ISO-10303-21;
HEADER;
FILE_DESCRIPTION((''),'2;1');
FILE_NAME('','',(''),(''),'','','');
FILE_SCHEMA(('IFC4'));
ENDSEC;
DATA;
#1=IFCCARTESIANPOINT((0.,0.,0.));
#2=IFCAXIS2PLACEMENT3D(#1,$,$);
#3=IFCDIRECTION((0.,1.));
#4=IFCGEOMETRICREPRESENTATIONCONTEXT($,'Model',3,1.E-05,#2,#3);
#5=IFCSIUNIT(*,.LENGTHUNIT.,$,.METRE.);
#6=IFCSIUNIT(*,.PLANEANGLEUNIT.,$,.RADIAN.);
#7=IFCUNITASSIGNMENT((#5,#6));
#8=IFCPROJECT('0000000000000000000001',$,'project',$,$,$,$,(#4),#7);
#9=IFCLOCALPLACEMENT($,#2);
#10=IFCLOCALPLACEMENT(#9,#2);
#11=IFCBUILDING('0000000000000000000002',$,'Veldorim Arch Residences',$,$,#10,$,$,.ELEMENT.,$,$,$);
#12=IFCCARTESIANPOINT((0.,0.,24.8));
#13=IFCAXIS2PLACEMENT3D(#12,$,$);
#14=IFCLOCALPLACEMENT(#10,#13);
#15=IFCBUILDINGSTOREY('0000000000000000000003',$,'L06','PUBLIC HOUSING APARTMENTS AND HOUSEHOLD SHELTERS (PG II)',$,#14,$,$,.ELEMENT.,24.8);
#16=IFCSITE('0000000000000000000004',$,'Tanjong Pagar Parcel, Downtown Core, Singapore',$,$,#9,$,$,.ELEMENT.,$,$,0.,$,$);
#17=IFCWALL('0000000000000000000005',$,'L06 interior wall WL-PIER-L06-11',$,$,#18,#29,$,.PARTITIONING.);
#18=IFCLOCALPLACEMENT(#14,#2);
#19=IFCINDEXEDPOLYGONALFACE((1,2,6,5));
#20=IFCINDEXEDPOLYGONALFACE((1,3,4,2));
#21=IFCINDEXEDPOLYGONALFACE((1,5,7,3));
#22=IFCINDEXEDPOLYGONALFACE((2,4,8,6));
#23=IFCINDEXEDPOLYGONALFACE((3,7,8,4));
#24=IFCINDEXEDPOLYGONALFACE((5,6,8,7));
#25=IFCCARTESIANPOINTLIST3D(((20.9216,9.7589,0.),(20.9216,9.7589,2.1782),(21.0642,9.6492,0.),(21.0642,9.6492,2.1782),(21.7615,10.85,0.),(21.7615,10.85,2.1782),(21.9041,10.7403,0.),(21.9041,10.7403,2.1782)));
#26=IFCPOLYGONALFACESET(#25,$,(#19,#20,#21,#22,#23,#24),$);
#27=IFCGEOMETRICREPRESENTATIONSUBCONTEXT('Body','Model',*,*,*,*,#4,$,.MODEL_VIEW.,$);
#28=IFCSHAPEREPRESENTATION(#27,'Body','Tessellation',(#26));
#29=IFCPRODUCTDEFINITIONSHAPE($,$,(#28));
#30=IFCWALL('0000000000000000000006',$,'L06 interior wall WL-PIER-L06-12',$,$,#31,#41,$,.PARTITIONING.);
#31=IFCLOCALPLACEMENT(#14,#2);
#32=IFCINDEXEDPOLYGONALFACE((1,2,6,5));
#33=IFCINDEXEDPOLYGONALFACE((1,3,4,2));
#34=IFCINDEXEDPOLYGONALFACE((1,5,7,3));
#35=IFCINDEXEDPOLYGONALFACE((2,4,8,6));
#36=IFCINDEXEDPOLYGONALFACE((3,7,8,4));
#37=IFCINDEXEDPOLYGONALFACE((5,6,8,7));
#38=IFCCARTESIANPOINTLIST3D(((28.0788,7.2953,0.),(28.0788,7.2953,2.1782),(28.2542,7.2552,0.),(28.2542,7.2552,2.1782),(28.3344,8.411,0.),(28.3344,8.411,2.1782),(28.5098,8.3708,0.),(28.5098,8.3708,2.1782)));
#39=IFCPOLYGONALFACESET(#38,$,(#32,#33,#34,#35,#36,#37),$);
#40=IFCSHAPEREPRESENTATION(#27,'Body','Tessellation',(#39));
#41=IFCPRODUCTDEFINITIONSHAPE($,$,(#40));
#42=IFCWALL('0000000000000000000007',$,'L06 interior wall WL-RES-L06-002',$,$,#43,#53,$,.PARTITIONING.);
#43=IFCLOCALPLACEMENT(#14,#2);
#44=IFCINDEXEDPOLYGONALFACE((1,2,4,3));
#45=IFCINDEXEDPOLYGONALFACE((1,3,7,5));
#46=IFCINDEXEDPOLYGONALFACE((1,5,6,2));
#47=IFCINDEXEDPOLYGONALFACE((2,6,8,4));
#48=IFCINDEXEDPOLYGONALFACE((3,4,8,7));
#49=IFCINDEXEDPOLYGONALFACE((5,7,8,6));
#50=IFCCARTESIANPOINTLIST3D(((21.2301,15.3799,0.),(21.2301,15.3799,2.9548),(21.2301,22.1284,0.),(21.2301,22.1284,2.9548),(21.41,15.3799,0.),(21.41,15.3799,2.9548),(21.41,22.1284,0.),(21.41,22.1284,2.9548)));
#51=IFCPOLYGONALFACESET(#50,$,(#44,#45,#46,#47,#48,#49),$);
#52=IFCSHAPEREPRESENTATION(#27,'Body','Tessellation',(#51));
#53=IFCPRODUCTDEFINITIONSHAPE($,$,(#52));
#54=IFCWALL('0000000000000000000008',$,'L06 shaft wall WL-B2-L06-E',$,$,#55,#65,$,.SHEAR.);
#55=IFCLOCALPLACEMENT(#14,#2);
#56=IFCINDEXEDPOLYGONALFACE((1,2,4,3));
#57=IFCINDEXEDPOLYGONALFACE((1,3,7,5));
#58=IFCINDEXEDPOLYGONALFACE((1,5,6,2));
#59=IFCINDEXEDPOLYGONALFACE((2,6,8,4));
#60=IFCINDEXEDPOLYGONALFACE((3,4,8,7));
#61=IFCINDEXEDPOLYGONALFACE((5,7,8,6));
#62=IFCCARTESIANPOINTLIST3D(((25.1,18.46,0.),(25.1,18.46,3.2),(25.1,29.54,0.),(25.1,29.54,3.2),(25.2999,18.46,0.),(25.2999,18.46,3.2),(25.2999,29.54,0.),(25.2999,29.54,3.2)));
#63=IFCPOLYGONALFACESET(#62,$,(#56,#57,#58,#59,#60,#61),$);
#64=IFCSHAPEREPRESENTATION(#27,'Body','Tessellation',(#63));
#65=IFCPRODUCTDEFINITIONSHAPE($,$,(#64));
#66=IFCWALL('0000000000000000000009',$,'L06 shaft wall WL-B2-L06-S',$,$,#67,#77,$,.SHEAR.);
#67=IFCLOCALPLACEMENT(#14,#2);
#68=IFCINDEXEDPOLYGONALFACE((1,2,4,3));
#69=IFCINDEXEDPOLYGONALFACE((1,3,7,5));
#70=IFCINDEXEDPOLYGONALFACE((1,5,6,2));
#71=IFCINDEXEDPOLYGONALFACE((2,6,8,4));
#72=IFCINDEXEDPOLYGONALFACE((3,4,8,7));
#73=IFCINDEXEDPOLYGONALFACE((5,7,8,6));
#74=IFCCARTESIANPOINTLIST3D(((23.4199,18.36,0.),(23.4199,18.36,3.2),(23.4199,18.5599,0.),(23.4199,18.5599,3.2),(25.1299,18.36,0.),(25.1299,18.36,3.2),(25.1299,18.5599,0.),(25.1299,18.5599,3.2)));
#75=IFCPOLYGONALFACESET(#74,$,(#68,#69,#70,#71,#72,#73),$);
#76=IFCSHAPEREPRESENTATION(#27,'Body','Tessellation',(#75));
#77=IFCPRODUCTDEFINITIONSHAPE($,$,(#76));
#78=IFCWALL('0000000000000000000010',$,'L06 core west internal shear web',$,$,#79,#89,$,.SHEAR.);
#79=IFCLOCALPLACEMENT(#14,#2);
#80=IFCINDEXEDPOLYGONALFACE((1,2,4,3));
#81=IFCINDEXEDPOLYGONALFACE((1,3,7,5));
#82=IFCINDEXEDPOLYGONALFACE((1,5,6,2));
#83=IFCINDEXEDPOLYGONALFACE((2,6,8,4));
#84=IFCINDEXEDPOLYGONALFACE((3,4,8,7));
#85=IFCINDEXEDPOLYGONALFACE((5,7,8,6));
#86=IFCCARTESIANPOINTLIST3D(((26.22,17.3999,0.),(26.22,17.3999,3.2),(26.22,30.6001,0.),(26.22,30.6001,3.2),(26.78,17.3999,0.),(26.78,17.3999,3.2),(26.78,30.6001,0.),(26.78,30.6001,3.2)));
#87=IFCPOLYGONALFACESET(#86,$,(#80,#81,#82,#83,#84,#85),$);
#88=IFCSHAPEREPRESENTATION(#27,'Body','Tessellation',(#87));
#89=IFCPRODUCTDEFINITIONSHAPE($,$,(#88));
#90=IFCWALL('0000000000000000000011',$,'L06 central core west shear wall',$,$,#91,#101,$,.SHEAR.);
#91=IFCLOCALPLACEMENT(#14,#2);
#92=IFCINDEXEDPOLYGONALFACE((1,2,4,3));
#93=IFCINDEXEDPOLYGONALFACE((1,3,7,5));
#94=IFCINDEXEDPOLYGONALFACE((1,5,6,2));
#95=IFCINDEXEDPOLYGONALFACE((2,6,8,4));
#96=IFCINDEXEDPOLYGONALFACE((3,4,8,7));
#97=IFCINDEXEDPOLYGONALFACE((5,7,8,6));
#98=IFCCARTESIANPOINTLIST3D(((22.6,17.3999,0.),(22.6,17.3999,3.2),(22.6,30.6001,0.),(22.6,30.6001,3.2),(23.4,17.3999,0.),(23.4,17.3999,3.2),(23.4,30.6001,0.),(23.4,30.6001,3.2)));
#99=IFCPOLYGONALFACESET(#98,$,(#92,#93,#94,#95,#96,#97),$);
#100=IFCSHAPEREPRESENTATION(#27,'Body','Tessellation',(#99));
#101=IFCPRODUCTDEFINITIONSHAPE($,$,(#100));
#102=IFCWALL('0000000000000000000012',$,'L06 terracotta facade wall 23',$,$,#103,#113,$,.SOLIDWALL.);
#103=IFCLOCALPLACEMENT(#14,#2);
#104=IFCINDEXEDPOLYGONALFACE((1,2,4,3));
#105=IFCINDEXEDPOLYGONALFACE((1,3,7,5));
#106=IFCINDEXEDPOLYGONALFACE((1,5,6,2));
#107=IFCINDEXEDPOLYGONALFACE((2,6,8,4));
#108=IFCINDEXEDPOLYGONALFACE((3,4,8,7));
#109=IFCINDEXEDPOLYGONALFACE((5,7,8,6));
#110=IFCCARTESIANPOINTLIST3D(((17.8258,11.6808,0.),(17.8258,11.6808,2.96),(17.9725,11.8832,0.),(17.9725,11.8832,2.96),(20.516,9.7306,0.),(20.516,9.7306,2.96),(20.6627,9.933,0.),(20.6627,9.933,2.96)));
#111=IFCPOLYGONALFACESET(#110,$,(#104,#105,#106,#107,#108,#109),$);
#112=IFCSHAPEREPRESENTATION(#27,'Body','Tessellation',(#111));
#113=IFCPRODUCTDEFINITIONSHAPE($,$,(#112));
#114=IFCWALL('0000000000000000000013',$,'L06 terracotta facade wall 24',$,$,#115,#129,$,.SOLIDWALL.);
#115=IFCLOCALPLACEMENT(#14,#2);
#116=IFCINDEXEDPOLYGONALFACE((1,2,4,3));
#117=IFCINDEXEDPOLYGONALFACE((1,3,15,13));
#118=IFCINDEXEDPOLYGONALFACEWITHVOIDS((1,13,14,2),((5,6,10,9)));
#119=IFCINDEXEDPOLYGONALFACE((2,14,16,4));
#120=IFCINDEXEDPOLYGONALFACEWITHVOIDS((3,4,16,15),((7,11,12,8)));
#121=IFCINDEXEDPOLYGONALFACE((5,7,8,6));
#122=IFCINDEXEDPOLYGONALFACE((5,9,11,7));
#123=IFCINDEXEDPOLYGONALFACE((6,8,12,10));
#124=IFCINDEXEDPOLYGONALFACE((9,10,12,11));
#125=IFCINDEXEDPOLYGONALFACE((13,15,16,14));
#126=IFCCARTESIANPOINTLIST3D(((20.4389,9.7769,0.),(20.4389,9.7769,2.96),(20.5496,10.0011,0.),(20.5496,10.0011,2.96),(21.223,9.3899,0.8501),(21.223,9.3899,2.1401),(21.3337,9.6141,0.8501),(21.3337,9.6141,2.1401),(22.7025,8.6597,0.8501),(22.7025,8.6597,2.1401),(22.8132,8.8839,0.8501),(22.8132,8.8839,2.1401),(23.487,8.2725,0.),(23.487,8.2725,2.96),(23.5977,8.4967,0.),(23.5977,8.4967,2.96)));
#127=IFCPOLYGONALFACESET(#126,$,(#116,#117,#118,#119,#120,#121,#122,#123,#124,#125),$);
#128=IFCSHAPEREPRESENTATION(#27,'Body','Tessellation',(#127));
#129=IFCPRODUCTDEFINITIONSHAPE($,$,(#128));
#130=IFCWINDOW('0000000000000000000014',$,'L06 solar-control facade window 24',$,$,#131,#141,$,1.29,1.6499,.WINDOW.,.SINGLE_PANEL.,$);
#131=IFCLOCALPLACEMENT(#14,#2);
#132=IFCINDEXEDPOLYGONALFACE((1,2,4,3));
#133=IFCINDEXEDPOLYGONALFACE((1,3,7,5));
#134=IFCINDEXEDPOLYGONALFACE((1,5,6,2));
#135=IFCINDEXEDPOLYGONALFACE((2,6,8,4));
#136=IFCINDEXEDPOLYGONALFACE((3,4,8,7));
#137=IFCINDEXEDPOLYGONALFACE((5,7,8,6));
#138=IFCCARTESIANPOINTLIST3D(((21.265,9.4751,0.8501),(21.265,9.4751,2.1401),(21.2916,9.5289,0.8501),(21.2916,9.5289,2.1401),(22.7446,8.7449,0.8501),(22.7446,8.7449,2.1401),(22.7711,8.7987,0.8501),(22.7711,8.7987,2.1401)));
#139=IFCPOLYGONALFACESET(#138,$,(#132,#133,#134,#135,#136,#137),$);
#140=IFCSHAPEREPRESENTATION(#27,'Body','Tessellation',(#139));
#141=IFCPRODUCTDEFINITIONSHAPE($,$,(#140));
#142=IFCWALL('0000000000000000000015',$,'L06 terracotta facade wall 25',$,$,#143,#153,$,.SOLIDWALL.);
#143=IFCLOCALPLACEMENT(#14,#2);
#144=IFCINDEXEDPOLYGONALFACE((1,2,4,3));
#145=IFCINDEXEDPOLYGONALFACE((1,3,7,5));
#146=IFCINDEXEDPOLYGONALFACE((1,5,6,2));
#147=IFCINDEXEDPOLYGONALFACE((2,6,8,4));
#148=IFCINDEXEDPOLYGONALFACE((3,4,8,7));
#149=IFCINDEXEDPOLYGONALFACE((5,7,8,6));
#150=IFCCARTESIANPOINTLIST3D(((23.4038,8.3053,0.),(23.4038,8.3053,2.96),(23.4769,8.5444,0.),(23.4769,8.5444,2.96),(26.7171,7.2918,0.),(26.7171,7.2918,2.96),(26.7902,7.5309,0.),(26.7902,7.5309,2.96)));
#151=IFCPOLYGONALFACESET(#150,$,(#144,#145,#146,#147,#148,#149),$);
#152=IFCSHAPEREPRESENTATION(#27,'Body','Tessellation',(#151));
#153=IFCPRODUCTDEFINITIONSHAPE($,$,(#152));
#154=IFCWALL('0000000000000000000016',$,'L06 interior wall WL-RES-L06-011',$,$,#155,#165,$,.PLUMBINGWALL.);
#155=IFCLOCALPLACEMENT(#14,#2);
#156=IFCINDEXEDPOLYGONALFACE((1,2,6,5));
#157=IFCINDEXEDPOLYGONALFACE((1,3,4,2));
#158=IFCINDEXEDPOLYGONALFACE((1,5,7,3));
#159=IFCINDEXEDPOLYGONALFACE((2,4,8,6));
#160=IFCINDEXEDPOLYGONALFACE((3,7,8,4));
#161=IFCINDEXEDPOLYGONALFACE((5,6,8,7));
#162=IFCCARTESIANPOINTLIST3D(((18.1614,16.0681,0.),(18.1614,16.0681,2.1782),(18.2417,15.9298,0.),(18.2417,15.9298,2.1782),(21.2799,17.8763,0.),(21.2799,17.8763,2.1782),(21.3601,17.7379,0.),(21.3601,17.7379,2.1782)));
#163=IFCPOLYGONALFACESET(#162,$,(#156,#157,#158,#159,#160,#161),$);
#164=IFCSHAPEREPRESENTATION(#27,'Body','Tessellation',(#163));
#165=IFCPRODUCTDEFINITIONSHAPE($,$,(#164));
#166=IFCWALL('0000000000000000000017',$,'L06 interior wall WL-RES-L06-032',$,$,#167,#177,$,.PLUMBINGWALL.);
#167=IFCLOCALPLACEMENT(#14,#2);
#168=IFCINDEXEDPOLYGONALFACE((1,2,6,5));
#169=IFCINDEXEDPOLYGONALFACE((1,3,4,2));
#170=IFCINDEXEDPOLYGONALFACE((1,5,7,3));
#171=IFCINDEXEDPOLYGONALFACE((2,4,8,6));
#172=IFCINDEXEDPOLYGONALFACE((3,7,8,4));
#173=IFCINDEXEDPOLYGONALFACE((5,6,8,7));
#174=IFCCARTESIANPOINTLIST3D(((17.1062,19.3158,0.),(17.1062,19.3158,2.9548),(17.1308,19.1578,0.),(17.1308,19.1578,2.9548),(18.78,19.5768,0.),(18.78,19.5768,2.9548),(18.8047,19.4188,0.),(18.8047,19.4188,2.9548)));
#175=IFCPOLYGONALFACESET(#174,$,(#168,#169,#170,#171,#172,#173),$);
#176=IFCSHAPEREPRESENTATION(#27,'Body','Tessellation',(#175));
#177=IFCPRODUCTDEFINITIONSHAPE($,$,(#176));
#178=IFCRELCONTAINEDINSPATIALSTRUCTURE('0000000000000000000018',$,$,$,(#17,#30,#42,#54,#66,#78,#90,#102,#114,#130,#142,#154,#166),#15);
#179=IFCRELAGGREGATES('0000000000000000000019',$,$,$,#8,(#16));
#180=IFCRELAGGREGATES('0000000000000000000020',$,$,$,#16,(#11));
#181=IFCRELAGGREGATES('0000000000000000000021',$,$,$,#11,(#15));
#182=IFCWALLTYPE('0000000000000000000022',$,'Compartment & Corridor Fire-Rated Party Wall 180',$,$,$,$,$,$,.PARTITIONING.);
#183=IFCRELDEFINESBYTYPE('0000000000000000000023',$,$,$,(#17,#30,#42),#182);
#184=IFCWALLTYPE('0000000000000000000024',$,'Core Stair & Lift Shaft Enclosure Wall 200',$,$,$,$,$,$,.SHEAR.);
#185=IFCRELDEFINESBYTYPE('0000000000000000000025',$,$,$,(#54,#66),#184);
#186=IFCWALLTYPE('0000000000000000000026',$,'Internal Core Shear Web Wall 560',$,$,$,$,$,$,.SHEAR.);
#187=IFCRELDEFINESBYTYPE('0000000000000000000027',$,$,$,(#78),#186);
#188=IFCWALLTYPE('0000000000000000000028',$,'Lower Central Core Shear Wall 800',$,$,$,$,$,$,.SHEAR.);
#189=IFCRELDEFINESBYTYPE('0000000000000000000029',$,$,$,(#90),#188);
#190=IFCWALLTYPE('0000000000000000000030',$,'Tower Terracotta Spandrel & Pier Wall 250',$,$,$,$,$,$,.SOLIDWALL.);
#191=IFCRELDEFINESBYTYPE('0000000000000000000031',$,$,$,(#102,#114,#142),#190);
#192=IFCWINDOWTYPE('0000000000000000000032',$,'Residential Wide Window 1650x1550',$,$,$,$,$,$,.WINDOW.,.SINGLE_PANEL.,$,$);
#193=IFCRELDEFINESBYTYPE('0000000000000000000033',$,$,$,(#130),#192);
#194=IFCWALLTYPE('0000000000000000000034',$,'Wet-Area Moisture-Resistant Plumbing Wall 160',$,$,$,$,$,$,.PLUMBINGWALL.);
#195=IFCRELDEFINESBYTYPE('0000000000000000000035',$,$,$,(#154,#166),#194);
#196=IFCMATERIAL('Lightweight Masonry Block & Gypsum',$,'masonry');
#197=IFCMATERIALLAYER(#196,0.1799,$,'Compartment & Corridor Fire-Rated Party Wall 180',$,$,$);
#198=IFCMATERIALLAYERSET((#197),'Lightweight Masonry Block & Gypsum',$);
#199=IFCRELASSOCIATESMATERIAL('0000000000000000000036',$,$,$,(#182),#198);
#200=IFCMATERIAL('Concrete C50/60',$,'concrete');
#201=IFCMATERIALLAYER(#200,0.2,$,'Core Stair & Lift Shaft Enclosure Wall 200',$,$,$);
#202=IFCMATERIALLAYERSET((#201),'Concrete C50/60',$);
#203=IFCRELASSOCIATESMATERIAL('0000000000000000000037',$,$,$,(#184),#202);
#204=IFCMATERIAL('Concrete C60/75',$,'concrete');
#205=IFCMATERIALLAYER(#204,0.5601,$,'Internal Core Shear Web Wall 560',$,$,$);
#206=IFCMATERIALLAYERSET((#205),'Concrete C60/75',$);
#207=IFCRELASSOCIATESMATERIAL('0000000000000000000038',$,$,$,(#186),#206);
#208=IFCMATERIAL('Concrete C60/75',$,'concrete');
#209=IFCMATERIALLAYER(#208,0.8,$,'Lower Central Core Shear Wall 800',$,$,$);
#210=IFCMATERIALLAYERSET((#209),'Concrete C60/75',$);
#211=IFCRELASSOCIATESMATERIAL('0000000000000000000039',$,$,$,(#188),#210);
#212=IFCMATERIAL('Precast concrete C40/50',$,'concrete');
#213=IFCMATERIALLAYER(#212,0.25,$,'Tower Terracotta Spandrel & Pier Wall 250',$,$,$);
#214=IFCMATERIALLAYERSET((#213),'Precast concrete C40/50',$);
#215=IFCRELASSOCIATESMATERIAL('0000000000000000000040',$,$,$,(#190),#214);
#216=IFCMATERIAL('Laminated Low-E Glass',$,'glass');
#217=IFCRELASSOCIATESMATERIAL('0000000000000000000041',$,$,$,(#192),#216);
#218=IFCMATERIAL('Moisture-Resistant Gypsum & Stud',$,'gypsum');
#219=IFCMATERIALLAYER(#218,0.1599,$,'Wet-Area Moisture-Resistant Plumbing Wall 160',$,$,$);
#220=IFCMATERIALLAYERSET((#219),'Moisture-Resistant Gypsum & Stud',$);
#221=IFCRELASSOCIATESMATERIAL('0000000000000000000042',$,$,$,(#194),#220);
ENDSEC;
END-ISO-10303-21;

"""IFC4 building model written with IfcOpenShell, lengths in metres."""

from ifc_helpers import new_model, si_unit, direction, frame, frame_2d, origin, place, context, subcontext, project, spatial, rectangle, extrude, material, layer, layer_set, type_object, element, fill, save


model = new_model("IFC4")

# Units and contexts
model_context = context("Model", 3, precision=1e-05, world=origin(), true_north=direction((0.0, 1.0)))
body_context = subcontext(model_context, "Body", "Model", "MODEL_VIEW")
ifc_project = project(units=[si_unit("LENGTHUNIT", "METRE"), si_unit("PLANEANGLEUNIT", "RADIAN")], contexts=[model_context])

# Site, building, storey
site_placement = place(None, origin())
site = spatial("IfcSite", under=ifc_project, at=site_placement, Name="Tanjong Pagar Parcel, Downtown Core, Singapore", CompositionType="ELEMENT", RefElevation=0.0)
building_placement = place(site_placement, origin())
building = spatial("IfcBuilding", under=site, at=building_placement, Name="Veldorim Arch Residences", CompositionType="ELEMENT")
storey_placement = place(building_placement, frame((0.0, 0.0, 24.8)))
storey = spatial("IfcBuildingStorey", under=building, at=storey_placement, Name="L06", Description="PUBLIC HOUSING APARTMENTS AND HOUSEHOLD SHELTERS (PG II)", CompositionType="ELEMENT", Elevation=24.8)

# Walls
ifc_material_1 = material(Name="Lightweight Masonry Block & Gypsum", Category="masonry")
ifc_layer_1 = layer(ifc_material_1, 0.1799, Name="Compartment & Corridor Fire-Rated Party Wall 180")
ifc_layer_set_1 = layer_set([ifc_layer_1], Name="Lightweight Masonry Block & Gypsum")
wall_type_1 = type_object("IfcWallType", Name="Compartment & Corridor Fire-Rated Party Wall 180", PredefinedType="PARTITIONING", material=ifc_layer_set_1)
wall_1_placement = place(storey_placement, frame((21.8328, 10.7952, 0.0), z_axis=(0.0, 0.0, 1.0), x_axis=(-0.609968, -0.792426, 0.0)))
element("IfcWall", 1, at=wall_1_placement, inside=storey, type_object=wall_type_1, Name="L06 interior wall WL-PIER-L06-11", PredefinedType="PARTITIONING", context=body_context, shape_type="SweptSolid", body=[
    extrude(rectangle(XDim=1.377, YDim=0.1799, at=frame_2d((0.6885, 0.0))), origin(), (0.0, 0.0, 1.0), 2.1782),
])
wall_2_placement = place(storey_placement, frame((28.4221, 8.3909, 0.0), z_axis=(0.0, 0.0, 1.0), x_axis=(-0.223317, -0.974746, 0.0)))
element("IfcWall", 2, at=wall_2_placement, inside=storey, type_object=wall_type_1, Name="L06 interior wall WL-PIER-L06-12", PredefinedType="PARTITIONING", context=body_context, shape_type="SweptSolid", body=[
    extrude(rectangle(XDim=1.1445, YDim=0.1799, at=frame_2d((0.5723, 0.0))), origin(), (0.0, 0.0, 1.0), 2.1782),
])
wall_3_placement = place(storey_placement, frame((21.3201, 15.3799, 0.0), z_axis=(0.0, 0.0, 1.0), x_axis=(0.0, 1.0, 0.0)))
element("IfcWall", 3, at=wall_3_placement, inside=storey, type_object=wall_type_1, Name="L06 interior wall WL-RES-L06-002", PredefinedType="PARTITIONING", context=body_context, shape_type="SweptSolid", body=[
    extrude(rectangle(XDim=6.7485, YDim=0.1799, at=frame_2d((3.3743, 0.0))), origin(), (0.0, 0.0, 1.0), 2.9548),
])
ifc_material_2 = material(Name="Concrete C50/60", Category="concrete")
ifc_layer_2 = layer(ifc_material_2, 0.2, Name="Core Stair & Lift Shaft Enclosure Wall 200")
ifc_layer_set_2 = layer_set([ifc_layer_2], Name="Concrete C50/60")
wall_type_2 = type_object("IfcWallType", Name="Core Stair & Lift Shaft Enclosure Wall 200", PredefinedType="SHEAR", material=ifc_layer_set_2)
wall_4_placement = place(storey_placement, frame((25.2, 18.46, 0.0), z_axis=(0.0, 0.0, 1.0), x_axis=(0.0, 1.0, 0.0)))
element("IfcWall", 4, at=wall_4_placement, inside=storey, type_object=wall_type_2, Name="L06 shaft wall WL-B2-L06-E", PredefinedType="SHEAR", context=body_context, shape_type="SweptSolid", body=[
    extrude(rectangle(XDim=11.0801, YDim=0.2, at=frame_2d((5.54, 0.0))), origin(), (0.0, 0.0, 1.0), 3.2),
])
wall_5_placement = place(storey_placement, frame((23.4199, 18.46, 0.0), z_axis=(0.0, 0.0, 1.0), x_axis=(1.0, 0.0, 0.0)))
element("IfcWall", 5, at=wall_5_placement, inside=storey, type_object=wall_type_2, Name="L06 shaft wall WL-B2-L06-S", PredefinedType="SHEAR", context=body_context, shape_type="SweptSolid", body=[
    extrude(rectangle(XDim=1.71, YDim=0.2, at=frame_2d((0.855, 0.0))), origin(), (0.0, 0.0, 1.0), 3.2),
])
ifc_material_3 = material(Name="Concrete C60/75", Category="concrete")
ifc_layer_3 = layer(ifc_material_3, 0.5601, Name="Internal Core Shear Web Wall 560")
ifc_layer_set_3 = layer_set([ifc_layer_3], Name="Concrete C60/75")
wall_type_3 = type_object("IfcWallType", Name="Internal Core Shear Web Wall 560", PredefinedType="SHEAR", material=ifc_layer_set_3)
wall_6_placement = place(storey_placement, frame((26.5, 17.3999, 0.0), z_axis=(0.0, 0.0, 1.0), x_axis=(0.0, 1.0, 0.0)))
element("IfcWall", 6, at=wall_6_placement, inside=storey, type_object=wall_type_3, Name="L06 core west internal shear web", PredefinedType="SHEAR", context=body_context, shape_type="SweptSolid", body=[
    extrude(rectangle(XDim=13.2002, YDim=0.5601, at=frame_2d((6.6001, 0.0))), origin(), (0.0, 0.0, 1.0), 3.2),
])

# Shared definitions
ifc_material_4 = material(Name="Concrete C60/75", Category="concrete")
ifc_layer_4 = layer(ifc_material_4, 0.8, Name="Lower Central Core Shear Wall 800")
ifc_layer_set_4 = layer_set([ifc_layer_4], Name="Concrete C60/75")
wall_type_4 = type_object("IfcWallType", Name="Lower Central Core Shear Wall 800", PredefinedType="SHEAR", material=ifc_layer_set_4)

# Walls
wall_7_placement = place(storey_placement, frame((23.0, 17.3999, 0.0), z_axis=(0.0, 0.0, 1.0), x_axis=(0.0, 1.0, 0.0)))
element("IfcWall", 7, at=wall_7_placement, inside=storey, type_object=wall_type_4, Name="L06 central core west shear wall", PredefinedType="SHEAR", context=body_context, shape_type="SweptSolid", body=[
    extrude(rectangle(XDim=13.2002, YDim=0.8, at=frame_2d((6.6001, 0.0))), origin(), (0.0, 0.0, 1.0), 3.2),
])
ifc_material_5 = material(Name="Precast concrete C40/50", Category="concrete")
ifc_layer_5 = layer(ifc_material_5, 0.25, Name="Tower Terracotta Spandrel & Pier Wall 250")
ifc_layer_set_5 = layer_set([ifc_layer_5], Name="Precast concrete C40/50")
wall_type_5 = type_object("IfcWallType", Name="Tower Terracotta Spandrel & Pier Wall 250", PredefinedType="SOLIDWALL", material=ifc_layer_set_5)
wall_8_placement = place(storey_placement, frame((20.5894, 9.8318, 0.0), z_axis=(0.0, 0.0, 1.0), x_axis=(-0.809638, 0.58693, 0.0)))
element("IfcWall", 8, at=wall_8_placement, inside=storey, type_object=wall_type_5, Name="L06 terracotta facade wall 23", PredefinedType="SOLIDWALL", context=body_context, shape_type="SweptSolid", body=[
    extrude(rectangle(XDim=3.3228, YDim=0.25, at=frame_2d((1.6614, 0.0))), origin(), (0.0, 0.0, 1.0), 2.96),
])

# Wall, opening, window
wall_9_placement = place(storey_placement, frame((23.5425, 8.3845, 0.0), z_axis=(0.0, 0.0, 1.0), x_axis=(-0.896728, 0.442582, 0.0)))
wall_9 = element("IfcWall", 9, at=wall_9_placement, inside=storey, type_object=wall_type_5, Name="L06 terracotta facade wall 24", PredefinedType="SOLIDWALL", context=body_context, shape_type="SweptSolid", body=[
    extrude(rectangle(XDim=3.3992, YDim=0.25, at=frame_2d((1.6997, 0.0))), origin(), (0.0, 0.0, 1.0), 2.96),
])
opening_1_placement = place(wall_9_placement, frame((0.875, 0.0, 0.8501)))
opening_1 = element("IfcOpeningElement", 10, at=opening_1_placement, cuts=wall_9, PredefinedType="OPENING", context=body_context, shape_type="SweptSolid", body=[
    extrude(rectangle(XDim=1.6499, YDim=1.29, at=frame_2d((0.825, 0.645))), frame((0.0, 0.135, 0.0), z_axis=(0.0, -1.0, 0.0), x_axis=(1.0, 0.0, 0.0)), (0.0, 0.0, 1.0), 0.27),
])
ifc_material_6 = material(Name="Laminated Low-E Glass", Category="glass")
window_type = type_object("IfcWindowType", Name="Residential Wide Window 1650x1550", PartitioningType="SINGLE_PANEL", PredefinedType="WINDOW", material=ifc_material_6)
window_placement = place(opening_1_placement, origin())
window = element("IfcWindow", 11, at=window_placement, inside=storey, type_object=window_type, Name="L06 solar-control facade window 24", OverallHeight=1.29, OverallWidth=1.6499, PartitioningType="SINGLE_PANEL", PredefinedType="WINDOW", context=body_context, shape_type="SweptSolid", body=[
    extrude(rectangle(XDim=1.6499, YDim=1.29, at=frame_2d((0.825, 0.645))), frame((0.0, 0.03, 0.0), z_axis=(0.0, -1.0, 0.0), x_axis=(1.0, 0.0, 0.0)), (0.0, 0.0, 1.0), 0.0601),
])
fill(opening_1, window)

# Walls
wall_10_placement = place(storey_placement, frame((26.7537, 7.4114, 0.0), z_axis=(0.0, 0.0, 1.0), x_axis=(-0.956267, 0.292496, 0.0)))
element("IfcWall", 12, at=wall_10_placement, inside=storey, type_object=wall_type_5, Name="L06 terracotta facade wall 25", PredefinedType="SOLIDWALL", context=body_context, shape_type="SweptSolid", body=[
    extrude(rectangle(XDim=3.4648, YDim=0.25, at=frame_2d((1.7324, 0.0))), origin(), (0.0, 0.0, 1.0), 2.96),
])
ifc_material_7 = material(Name="Moisture-Resistant Gypsum & Stud", Category="gypsum")
ifc_layer_6 = layer(ifc_material_7, 0.1599, Name="Wet-Area Moisture-Resistant Plumbing Wall 160")
ifc_layer_set_6 = layer_set([ifc_layer_6], Name="Moisture-Resistant Gypsum & Stud")
wall_type_6 = type_object("IfcWallType", Name="Wet-Area Moisture-Resistant Plumbing Wall 160", PredefinedType="PLUMBINGWALL", material=ifc_layer_set_6)
wall_11_placement = place(storey_placement, frame((18.2017, 15.999, 0.0), z_axis=(0.0, 0.0, 1.0), x_axis=(0.8651, 0.501599, 0.0)))
element("IfcWall", 13, at=wall_11_placement, inside=storey, type_object=wall_type_6, Name="L06 interior wall WL-RES-L06-011", PredefinedType="PLUMBINGWALL", context=body_context, shape_type="SweptSolid", body=[
    extrude(rectangle(XDim=3.6047, YDim=0.1599, at=frame_2d((1.8022, 0.0))), origin(), (0.0, 0.0, 1.0), 2.1782),
])
wall_12_placement = place(storey_placement, frame((18.7925, 19.4978, 0.0), z_axis=(0.0, 0.0, 1.0), x_axis=(-0.988061, -0.15406, 0.0)))
element("IfcWall", 14, at=wall_12_placement, inside=storey, type_object=wall_type_6, Name="L06 interior wall WL-RES-L06-032", PredefinedType="PLUMBINGWALL", context=body_context, shape_type="SweptSolid", body=[
    extrude(rectangle(XDim=1.6941, YDim=0.1599, at=frame_2d((0.8472, 0.0))), origin(), (0.0, 0.0, 1.0), 2.9548),
])

save(model, "model.ifc")
